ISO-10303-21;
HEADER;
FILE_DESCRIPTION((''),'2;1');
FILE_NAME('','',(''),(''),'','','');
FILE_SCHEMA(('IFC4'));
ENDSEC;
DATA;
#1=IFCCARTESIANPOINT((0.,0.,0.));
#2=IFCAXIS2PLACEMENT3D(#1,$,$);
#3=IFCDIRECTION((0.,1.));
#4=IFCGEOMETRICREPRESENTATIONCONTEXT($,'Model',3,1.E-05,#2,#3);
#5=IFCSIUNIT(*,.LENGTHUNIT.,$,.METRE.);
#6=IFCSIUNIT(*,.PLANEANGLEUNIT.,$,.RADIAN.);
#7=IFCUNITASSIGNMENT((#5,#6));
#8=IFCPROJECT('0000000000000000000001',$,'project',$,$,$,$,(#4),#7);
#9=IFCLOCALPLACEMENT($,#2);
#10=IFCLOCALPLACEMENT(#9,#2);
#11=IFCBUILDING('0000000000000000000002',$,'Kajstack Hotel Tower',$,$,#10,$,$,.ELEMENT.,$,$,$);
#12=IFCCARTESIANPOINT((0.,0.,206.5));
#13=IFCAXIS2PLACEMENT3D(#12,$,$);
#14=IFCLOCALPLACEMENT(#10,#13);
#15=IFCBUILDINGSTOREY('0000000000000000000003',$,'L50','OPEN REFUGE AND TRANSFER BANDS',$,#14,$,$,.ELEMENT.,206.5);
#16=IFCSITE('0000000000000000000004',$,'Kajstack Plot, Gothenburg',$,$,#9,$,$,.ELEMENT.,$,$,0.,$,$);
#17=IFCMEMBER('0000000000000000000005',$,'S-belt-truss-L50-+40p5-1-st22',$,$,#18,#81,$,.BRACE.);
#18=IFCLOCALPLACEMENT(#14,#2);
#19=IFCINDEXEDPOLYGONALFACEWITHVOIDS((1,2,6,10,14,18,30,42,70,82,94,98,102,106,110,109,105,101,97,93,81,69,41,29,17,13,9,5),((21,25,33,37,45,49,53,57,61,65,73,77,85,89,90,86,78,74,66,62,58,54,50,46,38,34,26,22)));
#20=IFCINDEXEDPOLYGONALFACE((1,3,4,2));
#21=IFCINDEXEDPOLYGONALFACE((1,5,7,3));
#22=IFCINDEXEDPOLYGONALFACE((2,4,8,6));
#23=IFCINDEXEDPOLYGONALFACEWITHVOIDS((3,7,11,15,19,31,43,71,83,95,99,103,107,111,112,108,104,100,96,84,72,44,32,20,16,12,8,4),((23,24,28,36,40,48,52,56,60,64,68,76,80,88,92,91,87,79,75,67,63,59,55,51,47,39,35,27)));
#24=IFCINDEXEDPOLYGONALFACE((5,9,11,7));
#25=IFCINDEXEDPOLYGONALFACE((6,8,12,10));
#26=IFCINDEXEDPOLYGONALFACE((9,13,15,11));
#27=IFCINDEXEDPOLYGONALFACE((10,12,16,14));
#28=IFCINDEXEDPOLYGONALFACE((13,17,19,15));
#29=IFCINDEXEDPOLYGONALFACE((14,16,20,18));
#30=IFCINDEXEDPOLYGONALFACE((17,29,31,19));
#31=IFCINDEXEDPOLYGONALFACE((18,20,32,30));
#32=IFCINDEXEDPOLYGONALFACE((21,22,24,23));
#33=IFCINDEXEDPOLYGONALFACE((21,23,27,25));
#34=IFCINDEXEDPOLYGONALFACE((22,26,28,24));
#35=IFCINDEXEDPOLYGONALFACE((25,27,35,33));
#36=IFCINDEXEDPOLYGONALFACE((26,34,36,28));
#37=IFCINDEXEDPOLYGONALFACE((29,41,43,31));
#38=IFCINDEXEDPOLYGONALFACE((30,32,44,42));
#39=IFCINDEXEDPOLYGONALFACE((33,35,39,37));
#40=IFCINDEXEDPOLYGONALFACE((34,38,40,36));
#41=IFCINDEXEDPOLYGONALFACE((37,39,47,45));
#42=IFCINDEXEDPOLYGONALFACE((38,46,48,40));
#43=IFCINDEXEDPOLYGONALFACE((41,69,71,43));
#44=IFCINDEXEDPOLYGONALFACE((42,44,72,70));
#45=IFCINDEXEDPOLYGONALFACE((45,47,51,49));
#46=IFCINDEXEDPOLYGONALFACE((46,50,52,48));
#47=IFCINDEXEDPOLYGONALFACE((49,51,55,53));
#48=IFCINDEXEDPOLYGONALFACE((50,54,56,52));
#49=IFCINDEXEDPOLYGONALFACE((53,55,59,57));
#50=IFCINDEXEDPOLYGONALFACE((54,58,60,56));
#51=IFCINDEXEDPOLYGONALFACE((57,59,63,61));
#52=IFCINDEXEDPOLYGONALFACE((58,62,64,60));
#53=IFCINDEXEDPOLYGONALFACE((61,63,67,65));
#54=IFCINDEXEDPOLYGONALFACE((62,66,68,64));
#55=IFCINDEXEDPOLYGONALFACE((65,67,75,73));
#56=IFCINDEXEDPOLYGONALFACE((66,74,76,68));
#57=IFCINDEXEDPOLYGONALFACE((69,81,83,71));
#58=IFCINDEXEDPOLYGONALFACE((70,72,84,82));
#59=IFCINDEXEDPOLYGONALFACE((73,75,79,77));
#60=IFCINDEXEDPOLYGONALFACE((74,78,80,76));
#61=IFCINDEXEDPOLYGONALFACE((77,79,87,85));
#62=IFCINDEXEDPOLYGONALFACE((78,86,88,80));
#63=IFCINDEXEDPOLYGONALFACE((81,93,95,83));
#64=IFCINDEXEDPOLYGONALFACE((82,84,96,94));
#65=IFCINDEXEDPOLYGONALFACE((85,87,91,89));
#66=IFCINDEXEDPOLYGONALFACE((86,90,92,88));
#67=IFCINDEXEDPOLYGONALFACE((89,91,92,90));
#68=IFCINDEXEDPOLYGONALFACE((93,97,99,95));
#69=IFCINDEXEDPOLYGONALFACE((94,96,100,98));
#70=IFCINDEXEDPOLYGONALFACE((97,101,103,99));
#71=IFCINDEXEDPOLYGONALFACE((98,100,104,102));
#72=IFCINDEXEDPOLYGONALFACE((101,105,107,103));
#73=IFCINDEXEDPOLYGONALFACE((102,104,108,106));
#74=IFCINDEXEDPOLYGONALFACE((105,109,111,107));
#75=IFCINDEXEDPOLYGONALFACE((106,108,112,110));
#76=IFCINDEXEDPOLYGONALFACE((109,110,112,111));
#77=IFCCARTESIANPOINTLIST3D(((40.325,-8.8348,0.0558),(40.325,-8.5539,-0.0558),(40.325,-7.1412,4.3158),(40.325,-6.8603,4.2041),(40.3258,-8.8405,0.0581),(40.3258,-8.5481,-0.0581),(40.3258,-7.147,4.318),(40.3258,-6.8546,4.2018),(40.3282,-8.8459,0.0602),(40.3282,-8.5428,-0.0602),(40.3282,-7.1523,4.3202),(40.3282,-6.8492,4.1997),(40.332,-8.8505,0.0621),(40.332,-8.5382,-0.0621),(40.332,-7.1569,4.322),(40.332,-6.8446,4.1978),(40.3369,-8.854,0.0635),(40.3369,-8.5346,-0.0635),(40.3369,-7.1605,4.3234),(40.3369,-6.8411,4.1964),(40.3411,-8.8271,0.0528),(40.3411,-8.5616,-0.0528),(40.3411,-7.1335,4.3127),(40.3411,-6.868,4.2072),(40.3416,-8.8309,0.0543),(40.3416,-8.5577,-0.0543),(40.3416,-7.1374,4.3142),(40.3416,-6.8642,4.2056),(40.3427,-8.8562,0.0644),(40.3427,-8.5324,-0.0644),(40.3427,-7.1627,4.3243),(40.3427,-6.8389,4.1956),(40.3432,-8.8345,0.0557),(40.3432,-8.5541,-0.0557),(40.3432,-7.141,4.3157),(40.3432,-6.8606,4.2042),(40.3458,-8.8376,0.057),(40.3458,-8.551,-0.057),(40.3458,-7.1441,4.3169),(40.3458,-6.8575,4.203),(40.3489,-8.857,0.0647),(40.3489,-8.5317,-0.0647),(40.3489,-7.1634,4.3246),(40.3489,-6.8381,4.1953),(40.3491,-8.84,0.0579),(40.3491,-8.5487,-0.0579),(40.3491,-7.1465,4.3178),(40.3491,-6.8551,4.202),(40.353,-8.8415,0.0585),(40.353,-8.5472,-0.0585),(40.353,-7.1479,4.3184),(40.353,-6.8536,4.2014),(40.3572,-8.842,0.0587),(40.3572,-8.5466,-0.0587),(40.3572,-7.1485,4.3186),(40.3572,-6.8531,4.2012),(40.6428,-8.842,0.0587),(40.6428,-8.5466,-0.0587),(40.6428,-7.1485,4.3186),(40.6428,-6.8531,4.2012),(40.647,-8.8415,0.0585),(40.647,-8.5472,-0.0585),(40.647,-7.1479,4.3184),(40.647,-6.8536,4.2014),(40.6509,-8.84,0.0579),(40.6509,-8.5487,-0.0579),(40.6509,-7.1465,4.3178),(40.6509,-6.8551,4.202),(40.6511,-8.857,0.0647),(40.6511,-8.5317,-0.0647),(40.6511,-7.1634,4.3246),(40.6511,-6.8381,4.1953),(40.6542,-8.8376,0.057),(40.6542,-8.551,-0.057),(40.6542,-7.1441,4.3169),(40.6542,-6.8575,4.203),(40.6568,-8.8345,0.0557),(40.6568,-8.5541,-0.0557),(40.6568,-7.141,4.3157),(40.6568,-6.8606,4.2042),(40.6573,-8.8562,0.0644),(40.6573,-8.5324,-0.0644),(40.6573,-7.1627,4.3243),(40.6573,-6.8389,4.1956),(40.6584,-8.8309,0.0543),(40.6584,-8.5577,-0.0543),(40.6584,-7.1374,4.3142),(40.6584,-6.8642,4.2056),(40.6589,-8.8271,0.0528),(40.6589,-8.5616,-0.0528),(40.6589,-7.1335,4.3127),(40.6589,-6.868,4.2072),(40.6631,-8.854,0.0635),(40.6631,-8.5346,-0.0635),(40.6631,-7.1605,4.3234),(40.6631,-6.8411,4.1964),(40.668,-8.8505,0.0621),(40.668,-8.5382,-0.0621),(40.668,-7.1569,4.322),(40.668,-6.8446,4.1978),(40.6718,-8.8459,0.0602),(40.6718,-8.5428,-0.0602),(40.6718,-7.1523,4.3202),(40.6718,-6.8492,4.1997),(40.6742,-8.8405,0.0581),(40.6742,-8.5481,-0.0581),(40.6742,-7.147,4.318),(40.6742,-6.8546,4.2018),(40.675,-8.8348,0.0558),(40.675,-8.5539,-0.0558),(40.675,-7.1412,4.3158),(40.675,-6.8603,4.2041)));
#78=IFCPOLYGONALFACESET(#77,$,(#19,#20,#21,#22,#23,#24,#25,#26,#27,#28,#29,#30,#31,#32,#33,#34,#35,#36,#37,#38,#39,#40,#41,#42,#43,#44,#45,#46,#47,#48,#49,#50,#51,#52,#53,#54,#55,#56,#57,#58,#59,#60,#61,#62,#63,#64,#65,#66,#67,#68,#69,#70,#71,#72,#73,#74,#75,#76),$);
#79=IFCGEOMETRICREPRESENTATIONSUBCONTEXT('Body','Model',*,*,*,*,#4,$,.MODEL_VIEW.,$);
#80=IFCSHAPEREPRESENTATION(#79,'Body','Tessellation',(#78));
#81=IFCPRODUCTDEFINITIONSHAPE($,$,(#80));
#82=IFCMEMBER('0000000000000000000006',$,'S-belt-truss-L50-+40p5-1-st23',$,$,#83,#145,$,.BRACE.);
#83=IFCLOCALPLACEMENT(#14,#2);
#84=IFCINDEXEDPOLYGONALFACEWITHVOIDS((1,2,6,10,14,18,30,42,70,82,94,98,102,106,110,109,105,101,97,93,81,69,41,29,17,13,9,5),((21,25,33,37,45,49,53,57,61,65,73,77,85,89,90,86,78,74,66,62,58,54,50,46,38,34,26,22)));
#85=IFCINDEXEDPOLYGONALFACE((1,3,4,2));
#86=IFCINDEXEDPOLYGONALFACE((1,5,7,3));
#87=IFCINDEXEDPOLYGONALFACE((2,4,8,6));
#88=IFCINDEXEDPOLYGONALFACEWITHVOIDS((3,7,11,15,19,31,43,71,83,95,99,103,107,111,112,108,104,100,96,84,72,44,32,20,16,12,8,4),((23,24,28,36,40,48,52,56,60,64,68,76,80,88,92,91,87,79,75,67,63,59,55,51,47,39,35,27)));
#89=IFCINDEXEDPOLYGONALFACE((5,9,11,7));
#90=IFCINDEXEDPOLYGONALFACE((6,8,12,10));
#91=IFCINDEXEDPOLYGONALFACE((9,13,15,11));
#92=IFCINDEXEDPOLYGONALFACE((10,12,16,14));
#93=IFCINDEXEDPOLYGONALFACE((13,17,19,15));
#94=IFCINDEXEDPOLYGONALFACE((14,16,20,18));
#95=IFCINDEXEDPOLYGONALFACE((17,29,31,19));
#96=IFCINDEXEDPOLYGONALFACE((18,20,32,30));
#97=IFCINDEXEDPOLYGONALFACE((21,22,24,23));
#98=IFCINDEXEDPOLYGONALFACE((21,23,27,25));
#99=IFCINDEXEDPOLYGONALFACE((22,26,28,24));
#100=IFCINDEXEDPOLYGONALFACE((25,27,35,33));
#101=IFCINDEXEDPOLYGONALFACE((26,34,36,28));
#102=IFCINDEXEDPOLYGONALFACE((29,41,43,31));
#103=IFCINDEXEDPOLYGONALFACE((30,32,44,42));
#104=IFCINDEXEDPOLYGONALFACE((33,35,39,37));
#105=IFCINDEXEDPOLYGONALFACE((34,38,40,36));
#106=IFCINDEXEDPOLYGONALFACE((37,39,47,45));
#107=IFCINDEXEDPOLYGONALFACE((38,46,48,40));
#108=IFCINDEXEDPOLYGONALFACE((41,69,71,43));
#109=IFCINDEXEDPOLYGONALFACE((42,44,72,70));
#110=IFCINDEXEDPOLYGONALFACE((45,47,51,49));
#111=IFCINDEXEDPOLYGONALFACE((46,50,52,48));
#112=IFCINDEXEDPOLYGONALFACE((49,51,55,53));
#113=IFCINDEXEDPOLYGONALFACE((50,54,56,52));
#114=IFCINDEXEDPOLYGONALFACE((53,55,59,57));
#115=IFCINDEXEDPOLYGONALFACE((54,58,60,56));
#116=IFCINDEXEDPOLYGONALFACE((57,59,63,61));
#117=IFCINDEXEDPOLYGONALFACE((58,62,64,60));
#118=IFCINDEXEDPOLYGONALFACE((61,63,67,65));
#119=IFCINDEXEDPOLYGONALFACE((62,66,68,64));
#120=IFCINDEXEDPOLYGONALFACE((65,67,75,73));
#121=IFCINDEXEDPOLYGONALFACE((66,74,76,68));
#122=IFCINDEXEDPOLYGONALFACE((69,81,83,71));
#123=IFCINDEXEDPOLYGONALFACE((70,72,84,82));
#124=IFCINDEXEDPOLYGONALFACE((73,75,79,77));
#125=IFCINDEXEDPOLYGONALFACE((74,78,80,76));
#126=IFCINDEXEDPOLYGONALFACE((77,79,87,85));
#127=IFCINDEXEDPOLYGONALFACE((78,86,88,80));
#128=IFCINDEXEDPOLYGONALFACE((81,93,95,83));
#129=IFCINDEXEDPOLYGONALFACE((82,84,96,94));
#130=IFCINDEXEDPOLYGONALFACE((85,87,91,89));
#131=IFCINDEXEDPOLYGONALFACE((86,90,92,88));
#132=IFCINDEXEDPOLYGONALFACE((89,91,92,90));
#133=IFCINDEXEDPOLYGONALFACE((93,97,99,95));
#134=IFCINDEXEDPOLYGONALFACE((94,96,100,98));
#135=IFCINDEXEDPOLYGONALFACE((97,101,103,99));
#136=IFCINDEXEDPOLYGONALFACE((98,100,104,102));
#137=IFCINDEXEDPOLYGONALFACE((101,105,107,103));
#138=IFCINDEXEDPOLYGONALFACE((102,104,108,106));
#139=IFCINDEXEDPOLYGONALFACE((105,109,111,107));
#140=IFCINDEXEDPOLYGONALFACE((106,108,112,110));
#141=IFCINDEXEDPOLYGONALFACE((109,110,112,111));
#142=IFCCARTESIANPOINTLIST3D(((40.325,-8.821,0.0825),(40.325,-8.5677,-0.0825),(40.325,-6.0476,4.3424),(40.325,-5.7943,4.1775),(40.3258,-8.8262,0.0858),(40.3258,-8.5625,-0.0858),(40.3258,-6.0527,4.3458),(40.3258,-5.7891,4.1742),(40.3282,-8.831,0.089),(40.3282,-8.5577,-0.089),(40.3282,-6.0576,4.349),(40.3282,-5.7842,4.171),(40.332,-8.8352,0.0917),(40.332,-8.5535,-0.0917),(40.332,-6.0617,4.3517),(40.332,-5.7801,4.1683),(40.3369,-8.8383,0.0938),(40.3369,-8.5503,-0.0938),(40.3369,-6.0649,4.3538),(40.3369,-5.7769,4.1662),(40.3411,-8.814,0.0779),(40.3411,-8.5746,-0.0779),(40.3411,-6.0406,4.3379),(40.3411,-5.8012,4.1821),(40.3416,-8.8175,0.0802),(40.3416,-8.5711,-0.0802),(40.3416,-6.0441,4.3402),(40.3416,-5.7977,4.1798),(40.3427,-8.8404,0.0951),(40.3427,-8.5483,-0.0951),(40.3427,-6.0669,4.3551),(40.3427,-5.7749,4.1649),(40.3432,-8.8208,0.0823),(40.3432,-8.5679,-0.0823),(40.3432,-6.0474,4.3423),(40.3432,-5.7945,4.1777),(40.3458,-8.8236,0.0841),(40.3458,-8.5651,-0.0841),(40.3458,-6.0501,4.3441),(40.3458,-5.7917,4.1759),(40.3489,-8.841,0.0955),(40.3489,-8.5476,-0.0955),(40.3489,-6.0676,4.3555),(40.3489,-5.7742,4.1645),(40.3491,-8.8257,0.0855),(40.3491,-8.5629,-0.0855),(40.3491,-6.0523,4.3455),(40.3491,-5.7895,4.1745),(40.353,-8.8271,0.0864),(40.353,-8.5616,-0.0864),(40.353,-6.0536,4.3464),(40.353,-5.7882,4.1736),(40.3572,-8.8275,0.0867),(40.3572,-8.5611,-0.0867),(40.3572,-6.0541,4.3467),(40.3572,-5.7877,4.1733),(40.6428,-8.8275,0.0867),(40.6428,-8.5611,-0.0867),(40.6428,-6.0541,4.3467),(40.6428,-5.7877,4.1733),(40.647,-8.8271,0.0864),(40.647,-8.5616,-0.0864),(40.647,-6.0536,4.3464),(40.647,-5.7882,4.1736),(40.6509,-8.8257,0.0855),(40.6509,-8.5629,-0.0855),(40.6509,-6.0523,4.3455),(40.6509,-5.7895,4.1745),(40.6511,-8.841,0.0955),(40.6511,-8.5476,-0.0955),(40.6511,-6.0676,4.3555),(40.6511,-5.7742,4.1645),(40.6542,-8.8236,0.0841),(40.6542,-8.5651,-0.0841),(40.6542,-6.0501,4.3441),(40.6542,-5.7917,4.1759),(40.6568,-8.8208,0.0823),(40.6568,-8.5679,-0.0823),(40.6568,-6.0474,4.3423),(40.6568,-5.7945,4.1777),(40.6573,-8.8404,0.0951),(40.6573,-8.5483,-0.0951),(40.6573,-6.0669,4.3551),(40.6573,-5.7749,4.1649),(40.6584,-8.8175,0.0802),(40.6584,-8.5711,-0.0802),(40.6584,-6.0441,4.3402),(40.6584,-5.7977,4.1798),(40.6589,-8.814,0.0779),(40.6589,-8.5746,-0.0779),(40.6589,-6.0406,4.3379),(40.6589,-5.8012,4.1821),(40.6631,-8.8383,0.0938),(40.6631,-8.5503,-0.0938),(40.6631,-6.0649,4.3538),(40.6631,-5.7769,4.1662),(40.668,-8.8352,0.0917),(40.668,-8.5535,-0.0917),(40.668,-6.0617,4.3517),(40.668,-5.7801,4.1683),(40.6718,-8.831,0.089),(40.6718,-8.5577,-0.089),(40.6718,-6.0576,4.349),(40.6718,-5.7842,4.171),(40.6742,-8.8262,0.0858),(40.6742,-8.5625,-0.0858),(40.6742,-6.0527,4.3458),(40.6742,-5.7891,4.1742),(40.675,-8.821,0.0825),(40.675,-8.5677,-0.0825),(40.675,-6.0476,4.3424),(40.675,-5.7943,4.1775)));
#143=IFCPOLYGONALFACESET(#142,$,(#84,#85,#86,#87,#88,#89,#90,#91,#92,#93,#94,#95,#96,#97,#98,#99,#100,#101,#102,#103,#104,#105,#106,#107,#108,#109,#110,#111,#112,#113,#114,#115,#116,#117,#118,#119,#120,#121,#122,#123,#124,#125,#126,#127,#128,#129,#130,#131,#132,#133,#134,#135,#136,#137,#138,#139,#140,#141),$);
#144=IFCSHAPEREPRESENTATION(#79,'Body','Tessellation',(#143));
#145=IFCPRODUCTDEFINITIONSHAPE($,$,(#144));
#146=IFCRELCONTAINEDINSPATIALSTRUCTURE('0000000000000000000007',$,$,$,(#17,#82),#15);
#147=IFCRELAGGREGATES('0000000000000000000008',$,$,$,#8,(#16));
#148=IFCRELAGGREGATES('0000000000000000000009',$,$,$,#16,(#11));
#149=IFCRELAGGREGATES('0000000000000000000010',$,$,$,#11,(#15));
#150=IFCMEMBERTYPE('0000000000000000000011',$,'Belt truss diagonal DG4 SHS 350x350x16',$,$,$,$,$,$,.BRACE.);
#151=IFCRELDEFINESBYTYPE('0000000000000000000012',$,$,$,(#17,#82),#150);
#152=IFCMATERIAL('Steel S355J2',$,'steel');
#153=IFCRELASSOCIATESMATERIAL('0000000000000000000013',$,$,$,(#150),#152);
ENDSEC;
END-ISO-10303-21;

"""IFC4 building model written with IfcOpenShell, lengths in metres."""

from ifc_helpers import new_model, si_unit, direction, frame, origin, origin_2d, place, context, subcontext, project, spatial, hollow_rectangle, extrude, material, material_profile, profile_set, type_object, element, save


model = new_model("IFC4")

# Units and contexts
model_context = context("Model", 3, precision=1e-05, world=origin(), true_north=direction((0.0, 1.0)))
body_context = subcontext(model_context, "Body", "Model", "MODEL_VIEW")
ifc_project = project(units=[si_unit("LENGTHUNIT", "METRE"), si_unit("PLANEANGLEUNIT", "RADIAN")], contexts=[model_context])

# Site, building, storey
site_placement = place(None, origin())
site = spatial("IfcSite", under=ifc_project, at=site_placement, Name="Kajstack Plot, Gothenburg", CompositionType="ELEMENT", RefElevation=0.0)
building_placement = place(site_placement, origin())
building = spatial("IfcBuilding", under=site, at=building_placement, Name="Kajstack Hotel Tower", CompositionType="ELEMENT")
storey_placement = place(building_placement, frame((0.0, 0.0, 206.5)))
storey = spatial("IfcBuildingStorey", under=building, at=storey_placement, Name="L50", Description="OPEN REFUGE AND TRANSFER BANDS", CompositionType="ELEMENT", Elevation=206.5)

# Members
ifc_material = material(Name="Steel S355J2", Category="steel")
ifc_material_profile_1 = material_profile(ifc_material, hollow_rectangle(XDim=0.3501, YDim=0.3501, WallThickness=0.0161, InnerFilletRadius=0.0161, OuterFilletRadius=0.0239, at=origin_2d()), Name="SHS 350x350x16")
ifc_profile_set_1 = profile_set([ifc_material_profile_1], Name="Steel S355J2")
member_type_1 = type_object("IfcMemberType", Name="Belt truss diagonal DG4 SHS 350x350x16", PredefinedType="BRACE", material=ifc_profile_set_1)
member_1_placement = place(storey_placement, frame((40.5, -8.6943, 0.0), z_axis=(0.0, 0.369434, 0.929257), x_axis=(-1.0, 0.0, 0.0)))
element("IfcMember", 1, at=member_1_placement, inside=storey, type_object=member_type_1, Name="S-belt-truss-L50-+40p5-1-st22", PredefinedType="BRACE", context=body_context, shape_type="SweptSolid", body=[
    extrude(hollow_rectangle(XDim=0.3501, YDim=0.3501, WallThickness=0.0161, InnerFilletRadius=0.0161, OuterFilletRadius=0.0239, at=origin_2d()), origin(), (0.0, 0.0, 1.0), 4.5842),
])
member_2_placement = place(storey_placement, frame((40.5, -8.6943, 0.0), z_axis=(0.0, 0.545601, 0.838045), x_axis=(-1.0, 0.0, 0.0)))
element("IfcMember", 2, at=member_2_placement, inside=storey, type_object=member_type_1, Name="S-belt-truss-L50-+40p5-1-st23", PredefinedType="BRACE", context=body_context, shape_type="SweptSolid", body=[
    extrude(hollow_rectangle(XDim=0.3501, YDim=0.3501, WallThickness=0.0161, InnerFilletRadius=0.0161, OuterFilletRadius=0.0239, at=origin_2d()), origin(), (0.0, 0.0, 1.0), 5.0833),
])

save(model, "model.ifc")
